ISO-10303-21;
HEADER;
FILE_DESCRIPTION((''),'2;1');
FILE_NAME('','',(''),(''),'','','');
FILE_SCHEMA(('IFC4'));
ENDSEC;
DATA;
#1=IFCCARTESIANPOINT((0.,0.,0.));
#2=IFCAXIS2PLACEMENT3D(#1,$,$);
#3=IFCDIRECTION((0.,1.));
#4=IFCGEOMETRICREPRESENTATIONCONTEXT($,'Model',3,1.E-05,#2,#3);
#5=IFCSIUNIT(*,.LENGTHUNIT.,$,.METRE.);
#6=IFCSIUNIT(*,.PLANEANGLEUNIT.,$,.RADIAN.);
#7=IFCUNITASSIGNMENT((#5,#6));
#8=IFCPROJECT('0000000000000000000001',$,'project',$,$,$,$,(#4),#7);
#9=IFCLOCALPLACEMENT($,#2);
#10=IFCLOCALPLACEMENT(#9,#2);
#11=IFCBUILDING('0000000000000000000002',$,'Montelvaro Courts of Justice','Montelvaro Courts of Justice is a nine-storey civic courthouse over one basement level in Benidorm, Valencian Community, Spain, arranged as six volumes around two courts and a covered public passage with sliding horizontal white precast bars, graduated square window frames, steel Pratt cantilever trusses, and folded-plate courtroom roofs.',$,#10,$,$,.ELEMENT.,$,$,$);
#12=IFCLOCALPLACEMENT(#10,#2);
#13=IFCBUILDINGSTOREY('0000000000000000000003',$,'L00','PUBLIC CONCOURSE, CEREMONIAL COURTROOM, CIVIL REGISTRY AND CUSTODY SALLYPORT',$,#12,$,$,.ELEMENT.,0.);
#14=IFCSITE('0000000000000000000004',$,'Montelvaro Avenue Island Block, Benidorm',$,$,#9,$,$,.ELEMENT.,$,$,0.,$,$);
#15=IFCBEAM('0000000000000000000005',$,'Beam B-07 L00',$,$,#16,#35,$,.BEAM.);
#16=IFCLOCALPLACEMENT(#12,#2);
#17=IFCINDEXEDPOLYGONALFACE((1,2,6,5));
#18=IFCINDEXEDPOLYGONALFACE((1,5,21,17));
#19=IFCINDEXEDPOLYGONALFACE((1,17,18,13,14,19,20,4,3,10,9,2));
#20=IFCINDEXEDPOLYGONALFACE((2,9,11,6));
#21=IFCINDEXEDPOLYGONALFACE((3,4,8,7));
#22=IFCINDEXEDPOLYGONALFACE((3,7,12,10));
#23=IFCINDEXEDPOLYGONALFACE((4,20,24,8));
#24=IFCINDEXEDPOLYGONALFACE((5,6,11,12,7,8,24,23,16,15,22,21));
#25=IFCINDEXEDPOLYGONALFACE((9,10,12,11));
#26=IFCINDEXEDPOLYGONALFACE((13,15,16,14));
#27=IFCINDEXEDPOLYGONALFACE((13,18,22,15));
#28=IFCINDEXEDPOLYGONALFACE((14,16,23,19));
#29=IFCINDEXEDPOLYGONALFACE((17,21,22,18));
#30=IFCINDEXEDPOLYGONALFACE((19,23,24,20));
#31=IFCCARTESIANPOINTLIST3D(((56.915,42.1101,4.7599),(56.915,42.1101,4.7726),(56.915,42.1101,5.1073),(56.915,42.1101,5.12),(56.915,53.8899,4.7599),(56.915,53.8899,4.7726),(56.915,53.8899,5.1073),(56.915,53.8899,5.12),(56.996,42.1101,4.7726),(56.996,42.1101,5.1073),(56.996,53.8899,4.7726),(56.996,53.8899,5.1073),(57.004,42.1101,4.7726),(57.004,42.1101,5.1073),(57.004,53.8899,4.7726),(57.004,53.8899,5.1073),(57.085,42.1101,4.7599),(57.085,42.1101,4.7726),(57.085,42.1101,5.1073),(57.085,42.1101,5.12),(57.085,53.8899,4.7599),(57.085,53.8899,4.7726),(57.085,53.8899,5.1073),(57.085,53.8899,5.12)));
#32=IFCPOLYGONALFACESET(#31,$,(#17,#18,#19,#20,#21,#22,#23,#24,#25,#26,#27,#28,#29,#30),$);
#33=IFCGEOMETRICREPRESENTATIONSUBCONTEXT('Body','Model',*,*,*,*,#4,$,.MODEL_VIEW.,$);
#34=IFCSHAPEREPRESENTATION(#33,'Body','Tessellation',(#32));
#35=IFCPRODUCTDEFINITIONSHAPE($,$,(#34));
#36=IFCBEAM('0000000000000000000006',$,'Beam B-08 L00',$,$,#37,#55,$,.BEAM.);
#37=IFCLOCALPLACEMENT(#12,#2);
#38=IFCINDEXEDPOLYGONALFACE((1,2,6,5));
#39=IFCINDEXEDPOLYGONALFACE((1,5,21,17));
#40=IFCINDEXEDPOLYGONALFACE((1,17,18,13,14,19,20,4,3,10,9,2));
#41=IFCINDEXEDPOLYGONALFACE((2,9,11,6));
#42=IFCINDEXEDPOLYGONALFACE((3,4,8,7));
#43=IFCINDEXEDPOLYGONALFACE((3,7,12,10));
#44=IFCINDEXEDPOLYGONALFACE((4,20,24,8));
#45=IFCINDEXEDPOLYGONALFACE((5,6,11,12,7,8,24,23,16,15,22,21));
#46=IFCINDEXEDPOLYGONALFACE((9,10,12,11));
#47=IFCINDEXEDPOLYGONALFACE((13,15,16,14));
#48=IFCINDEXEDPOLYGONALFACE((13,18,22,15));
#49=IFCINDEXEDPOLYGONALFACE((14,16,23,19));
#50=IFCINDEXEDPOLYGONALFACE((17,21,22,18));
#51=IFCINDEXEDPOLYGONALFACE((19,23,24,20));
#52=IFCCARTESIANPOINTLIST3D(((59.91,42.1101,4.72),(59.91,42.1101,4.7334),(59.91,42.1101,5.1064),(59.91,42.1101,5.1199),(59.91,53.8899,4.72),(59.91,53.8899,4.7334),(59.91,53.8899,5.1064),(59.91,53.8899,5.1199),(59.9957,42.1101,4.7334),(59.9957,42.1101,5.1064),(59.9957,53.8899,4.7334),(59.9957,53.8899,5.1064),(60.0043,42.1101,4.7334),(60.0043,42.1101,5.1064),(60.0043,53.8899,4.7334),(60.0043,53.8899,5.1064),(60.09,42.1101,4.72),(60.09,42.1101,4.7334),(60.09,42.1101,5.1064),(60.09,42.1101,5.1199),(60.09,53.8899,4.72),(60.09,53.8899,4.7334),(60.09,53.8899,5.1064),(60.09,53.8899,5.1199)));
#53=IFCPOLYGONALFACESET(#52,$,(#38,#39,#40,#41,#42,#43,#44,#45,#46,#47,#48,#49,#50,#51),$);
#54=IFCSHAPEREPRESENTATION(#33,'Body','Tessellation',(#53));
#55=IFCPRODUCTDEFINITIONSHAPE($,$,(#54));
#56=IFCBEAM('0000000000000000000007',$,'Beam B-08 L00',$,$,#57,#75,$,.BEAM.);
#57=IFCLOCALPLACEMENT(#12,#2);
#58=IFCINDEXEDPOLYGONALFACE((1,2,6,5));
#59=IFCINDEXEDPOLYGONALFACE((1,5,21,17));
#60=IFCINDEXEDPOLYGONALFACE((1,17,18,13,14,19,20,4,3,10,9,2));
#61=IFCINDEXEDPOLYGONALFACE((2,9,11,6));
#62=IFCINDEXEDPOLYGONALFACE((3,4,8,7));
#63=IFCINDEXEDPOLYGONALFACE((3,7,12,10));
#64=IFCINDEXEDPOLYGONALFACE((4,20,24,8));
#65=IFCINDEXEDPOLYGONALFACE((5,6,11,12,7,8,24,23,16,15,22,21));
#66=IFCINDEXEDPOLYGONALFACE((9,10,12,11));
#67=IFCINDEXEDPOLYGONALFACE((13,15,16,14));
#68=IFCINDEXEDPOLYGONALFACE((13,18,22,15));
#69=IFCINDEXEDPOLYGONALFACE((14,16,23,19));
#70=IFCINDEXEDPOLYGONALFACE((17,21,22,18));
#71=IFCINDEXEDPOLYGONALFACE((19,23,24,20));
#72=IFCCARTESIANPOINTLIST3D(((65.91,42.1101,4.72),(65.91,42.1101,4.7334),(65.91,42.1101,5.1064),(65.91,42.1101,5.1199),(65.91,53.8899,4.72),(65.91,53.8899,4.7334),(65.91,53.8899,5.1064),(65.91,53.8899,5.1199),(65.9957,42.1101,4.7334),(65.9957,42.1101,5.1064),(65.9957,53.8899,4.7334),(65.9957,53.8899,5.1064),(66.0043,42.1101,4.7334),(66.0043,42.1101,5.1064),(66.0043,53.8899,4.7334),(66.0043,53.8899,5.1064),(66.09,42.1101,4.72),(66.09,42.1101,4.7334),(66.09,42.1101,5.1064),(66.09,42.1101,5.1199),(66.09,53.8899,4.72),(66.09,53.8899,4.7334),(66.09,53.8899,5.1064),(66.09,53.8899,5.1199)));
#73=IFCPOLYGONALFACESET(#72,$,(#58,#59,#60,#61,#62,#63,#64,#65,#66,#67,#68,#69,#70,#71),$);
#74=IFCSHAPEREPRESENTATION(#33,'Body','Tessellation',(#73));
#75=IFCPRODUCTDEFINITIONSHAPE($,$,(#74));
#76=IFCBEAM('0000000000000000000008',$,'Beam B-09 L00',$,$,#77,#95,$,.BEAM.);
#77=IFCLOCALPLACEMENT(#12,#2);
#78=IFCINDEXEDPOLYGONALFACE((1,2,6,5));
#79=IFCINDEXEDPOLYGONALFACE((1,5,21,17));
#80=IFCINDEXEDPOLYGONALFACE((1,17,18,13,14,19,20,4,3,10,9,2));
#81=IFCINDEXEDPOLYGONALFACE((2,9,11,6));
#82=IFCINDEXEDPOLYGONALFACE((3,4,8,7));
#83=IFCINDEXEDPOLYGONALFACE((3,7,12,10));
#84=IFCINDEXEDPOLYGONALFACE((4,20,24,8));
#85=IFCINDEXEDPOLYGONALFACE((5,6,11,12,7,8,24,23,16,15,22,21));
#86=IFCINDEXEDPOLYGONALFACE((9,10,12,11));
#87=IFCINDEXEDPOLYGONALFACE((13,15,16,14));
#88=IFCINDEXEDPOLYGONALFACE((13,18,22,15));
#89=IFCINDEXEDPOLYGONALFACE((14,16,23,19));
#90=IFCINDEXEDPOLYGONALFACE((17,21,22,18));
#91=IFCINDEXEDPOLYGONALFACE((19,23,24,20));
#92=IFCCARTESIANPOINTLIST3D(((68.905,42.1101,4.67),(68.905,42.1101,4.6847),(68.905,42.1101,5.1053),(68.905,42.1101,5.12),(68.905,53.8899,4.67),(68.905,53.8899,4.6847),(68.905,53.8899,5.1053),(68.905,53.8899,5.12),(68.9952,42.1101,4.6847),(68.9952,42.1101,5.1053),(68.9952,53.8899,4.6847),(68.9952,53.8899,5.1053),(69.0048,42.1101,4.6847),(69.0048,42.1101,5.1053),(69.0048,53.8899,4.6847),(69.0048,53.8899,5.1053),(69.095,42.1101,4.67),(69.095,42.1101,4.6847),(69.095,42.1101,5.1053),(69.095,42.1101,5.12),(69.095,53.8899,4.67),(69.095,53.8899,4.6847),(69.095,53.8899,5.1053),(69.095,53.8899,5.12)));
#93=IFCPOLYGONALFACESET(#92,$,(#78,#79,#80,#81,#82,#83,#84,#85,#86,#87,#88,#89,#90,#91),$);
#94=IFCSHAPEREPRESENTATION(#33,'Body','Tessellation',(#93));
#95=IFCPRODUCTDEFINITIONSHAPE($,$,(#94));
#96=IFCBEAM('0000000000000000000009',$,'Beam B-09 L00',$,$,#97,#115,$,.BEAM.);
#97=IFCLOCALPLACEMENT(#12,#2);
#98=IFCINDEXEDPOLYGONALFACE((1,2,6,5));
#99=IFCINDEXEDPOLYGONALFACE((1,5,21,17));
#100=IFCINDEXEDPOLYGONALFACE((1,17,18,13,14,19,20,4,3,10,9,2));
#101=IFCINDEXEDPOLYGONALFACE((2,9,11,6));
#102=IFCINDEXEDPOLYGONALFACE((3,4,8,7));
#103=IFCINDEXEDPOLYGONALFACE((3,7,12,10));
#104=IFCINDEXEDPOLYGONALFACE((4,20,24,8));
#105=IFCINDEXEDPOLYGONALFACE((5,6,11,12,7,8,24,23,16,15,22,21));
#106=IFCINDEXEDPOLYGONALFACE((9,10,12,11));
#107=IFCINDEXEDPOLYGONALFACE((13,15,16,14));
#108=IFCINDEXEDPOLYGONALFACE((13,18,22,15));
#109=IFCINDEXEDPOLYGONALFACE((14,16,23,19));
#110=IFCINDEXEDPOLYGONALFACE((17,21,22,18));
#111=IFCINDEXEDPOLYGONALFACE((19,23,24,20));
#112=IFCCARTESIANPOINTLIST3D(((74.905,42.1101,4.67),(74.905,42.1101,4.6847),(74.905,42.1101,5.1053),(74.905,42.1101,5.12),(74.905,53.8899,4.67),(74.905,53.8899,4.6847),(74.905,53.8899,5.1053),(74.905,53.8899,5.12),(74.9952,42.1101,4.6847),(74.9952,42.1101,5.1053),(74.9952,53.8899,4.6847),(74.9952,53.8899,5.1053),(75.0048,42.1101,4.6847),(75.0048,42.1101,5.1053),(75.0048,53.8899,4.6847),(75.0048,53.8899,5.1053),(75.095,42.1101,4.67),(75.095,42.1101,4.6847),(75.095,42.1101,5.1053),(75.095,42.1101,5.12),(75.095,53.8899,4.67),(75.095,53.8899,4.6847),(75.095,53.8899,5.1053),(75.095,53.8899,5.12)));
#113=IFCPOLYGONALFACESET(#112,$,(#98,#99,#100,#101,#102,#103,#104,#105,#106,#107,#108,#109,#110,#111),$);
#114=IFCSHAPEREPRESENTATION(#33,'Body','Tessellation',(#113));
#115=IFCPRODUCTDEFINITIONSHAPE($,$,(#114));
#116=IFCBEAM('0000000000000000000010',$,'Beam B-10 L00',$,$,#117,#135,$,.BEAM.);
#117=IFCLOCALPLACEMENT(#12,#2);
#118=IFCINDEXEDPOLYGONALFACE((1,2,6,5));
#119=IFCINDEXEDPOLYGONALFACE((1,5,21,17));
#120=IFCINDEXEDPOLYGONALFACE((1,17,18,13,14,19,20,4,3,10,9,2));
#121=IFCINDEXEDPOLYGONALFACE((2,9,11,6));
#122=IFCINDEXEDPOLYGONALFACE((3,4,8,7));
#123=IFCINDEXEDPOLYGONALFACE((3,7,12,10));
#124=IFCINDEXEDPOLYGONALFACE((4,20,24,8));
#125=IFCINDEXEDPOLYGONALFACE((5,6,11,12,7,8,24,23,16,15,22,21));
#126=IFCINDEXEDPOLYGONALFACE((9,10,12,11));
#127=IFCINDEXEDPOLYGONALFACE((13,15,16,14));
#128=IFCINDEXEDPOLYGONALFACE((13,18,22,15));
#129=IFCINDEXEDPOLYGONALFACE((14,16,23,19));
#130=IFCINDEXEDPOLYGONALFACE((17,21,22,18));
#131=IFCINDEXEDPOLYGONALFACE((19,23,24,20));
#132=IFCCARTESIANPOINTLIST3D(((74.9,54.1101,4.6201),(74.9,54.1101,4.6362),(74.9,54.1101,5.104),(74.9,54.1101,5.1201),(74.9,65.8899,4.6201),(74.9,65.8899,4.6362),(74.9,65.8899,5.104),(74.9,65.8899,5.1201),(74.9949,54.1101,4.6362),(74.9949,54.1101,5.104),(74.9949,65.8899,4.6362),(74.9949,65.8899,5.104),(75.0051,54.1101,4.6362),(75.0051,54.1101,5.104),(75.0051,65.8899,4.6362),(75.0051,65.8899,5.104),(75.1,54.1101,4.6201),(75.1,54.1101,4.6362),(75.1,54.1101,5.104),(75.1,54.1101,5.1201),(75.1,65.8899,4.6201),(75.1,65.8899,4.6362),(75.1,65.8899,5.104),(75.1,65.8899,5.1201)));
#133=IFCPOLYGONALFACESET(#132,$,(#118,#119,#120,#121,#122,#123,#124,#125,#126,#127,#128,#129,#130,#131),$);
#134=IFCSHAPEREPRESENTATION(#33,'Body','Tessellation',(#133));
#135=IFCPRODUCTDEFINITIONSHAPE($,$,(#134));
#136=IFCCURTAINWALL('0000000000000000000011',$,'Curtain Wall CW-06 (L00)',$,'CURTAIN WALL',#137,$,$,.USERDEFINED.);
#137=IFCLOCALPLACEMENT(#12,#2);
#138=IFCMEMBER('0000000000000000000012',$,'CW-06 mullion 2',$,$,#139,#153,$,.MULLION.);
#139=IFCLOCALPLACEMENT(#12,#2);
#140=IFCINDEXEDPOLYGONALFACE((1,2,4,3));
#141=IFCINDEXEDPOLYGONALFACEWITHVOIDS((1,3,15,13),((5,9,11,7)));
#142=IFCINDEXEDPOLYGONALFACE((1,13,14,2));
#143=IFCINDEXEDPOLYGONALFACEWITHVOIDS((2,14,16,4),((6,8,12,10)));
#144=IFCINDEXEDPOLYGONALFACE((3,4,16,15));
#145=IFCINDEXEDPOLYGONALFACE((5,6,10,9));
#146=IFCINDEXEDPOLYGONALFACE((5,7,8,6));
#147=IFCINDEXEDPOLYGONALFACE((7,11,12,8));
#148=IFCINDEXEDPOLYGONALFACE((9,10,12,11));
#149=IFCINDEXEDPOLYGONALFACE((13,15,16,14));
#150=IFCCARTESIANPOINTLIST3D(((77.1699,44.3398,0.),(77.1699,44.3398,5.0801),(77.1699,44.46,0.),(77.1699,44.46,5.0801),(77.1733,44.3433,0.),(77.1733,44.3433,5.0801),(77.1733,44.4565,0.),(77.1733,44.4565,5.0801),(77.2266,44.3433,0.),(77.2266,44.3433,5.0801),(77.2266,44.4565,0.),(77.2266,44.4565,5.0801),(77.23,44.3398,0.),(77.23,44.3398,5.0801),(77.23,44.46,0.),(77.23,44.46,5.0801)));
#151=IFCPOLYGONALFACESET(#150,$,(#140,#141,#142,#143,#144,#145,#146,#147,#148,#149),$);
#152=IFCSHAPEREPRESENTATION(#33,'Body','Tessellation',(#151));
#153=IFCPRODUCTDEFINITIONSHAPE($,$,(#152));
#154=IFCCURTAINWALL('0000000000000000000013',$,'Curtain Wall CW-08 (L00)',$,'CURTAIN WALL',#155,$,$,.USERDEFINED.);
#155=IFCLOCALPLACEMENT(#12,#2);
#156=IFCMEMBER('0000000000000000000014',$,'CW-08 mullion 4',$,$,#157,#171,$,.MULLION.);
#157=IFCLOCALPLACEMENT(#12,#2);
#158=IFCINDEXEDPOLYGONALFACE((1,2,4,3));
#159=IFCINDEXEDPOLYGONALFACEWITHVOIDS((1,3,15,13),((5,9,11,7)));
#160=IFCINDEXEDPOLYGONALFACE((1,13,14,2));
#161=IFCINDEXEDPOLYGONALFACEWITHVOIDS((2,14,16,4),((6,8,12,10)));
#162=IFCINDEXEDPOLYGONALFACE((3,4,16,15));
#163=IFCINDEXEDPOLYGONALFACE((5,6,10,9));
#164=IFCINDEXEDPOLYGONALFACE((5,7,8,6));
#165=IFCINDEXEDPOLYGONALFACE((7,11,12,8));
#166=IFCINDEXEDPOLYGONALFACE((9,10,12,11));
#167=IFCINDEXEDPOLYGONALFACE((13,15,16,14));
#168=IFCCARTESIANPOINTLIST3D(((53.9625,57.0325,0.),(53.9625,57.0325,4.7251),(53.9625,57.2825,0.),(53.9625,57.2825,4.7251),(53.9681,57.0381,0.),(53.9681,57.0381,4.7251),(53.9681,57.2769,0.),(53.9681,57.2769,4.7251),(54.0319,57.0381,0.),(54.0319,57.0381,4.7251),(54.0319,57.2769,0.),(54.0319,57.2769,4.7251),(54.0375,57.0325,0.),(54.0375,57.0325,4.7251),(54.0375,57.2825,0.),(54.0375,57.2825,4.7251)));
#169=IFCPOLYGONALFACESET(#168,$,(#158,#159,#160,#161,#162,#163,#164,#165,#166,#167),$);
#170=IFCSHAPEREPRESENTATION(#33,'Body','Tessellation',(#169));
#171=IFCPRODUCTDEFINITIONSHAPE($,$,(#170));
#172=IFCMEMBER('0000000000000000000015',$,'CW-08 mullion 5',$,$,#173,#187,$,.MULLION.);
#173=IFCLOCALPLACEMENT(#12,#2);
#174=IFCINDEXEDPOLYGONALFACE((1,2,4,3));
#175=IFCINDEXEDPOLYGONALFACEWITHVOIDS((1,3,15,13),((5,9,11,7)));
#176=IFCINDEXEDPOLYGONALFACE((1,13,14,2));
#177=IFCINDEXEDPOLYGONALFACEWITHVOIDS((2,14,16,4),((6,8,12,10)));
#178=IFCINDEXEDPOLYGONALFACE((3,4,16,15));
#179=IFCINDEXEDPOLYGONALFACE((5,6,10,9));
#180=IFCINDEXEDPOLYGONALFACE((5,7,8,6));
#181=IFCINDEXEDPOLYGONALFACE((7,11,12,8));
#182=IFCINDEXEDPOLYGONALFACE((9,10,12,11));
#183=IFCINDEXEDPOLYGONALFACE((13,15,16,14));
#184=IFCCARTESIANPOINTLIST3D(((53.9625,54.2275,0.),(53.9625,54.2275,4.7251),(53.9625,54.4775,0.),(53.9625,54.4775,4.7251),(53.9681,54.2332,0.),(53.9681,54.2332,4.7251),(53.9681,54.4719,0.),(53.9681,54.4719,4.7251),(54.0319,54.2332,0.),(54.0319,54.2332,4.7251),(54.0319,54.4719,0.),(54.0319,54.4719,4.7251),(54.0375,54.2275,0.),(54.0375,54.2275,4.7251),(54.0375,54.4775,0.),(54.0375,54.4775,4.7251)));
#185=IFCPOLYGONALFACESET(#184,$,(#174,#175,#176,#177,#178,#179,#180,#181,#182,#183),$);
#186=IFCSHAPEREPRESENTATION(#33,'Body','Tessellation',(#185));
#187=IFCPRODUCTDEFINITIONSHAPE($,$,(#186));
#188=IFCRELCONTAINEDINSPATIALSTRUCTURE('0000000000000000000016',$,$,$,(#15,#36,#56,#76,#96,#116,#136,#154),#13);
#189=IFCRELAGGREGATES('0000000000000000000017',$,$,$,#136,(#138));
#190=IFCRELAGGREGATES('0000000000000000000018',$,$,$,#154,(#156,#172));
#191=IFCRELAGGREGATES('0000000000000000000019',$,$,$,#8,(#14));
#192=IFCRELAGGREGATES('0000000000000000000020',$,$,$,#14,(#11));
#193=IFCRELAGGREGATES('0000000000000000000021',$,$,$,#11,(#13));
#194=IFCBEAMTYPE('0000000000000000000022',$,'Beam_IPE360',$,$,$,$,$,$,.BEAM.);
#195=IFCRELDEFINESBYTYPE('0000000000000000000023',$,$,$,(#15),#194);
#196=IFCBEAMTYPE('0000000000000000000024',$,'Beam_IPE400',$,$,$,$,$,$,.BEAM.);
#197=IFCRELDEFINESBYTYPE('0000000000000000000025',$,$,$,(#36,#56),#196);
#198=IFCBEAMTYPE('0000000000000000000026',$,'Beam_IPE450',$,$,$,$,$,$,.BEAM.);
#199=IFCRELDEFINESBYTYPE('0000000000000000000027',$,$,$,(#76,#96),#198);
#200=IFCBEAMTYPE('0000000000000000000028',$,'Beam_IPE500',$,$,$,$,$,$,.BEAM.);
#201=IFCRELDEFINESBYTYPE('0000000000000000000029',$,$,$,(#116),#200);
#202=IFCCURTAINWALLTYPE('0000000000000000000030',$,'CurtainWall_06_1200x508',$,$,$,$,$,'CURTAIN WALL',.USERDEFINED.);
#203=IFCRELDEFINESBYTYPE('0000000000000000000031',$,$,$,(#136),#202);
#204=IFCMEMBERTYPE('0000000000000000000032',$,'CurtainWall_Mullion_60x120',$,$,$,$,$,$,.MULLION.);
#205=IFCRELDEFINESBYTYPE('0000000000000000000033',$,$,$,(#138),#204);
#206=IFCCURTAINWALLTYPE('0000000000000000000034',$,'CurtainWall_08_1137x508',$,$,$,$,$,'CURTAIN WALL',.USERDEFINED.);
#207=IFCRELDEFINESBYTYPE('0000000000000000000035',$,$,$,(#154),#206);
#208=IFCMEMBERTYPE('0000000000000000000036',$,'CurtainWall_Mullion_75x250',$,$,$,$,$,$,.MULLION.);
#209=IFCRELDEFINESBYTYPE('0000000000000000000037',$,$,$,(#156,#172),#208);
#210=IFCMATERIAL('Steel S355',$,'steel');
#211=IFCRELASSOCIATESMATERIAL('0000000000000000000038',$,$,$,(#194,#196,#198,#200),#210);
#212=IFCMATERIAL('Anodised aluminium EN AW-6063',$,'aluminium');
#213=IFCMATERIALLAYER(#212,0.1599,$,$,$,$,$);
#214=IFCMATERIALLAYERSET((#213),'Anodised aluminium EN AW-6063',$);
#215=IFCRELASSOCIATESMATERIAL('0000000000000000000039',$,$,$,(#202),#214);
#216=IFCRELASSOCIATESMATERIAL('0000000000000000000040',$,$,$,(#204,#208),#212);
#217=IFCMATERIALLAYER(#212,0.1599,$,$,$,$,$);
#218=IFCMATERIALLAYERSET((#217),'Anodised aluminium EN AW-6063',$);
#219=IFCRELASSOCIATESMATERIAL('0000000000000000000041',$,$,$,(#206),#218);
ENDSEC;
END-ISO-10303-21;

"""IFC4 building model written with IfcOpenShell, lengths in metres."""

from ifc_helpers import new_model, si_unit, direction, frame, origin, origin_2d, place, context, subcontext, project, spatial, hollow_rectangle, i_section, extrude, material, layer, layer_set, material_profile, profile_set, type_object, element, aggregate, save


model = new_model("IFC4")

# Units and contexts
model_context = context("Model", 3, precision=1e-05, world=origin(), true_north=direction((0.0, 1.0)))
body_context = subcontext(model_context, "Body", "Model", "MODEL_VIEW")
ifc_project = project(units=[si_unit("LENGTHUNIT", "METRE"), si_unit("PLANEANGLEUNIT", "RADIAN")], contexts=[model_context])

# Site, building, storey
site_placement = place(None, origin())
site = spatial("IfcSite", under=ifc_project, at=site_placement, Name="Montelvaro Avenue Island Block, Benidorm", CompositionType="ELEMENT", RefElevation=0.0)
building_placement = place(site_placement, origin())
building = spatial("IfcBuilding", under=site, at=building_placement, Name="Montelvaro Courts of Justice", Description="Montelvaro Courts of Justice is a nine-storey civic courthouse over one basement level in Benidorm, Valencian Community, Spain, arranged as six volumes around two courts and a covered public passage with sliding horizontal white precast bars, graduated square window frames, steel Pratt cantilever trusses, and folded-plate courtroom roofs.", CompositionType="ELEMENT")
storey_placement = place(building_placement, origin())
storey = spatial("IfcBuildingStorey", under=building, at=storey_placement, Name="L00", Description="PUBLIC CONCOURSE, CEREMONIAL COURTROOM, CIVIL REGISTRY AND CUSTODY SALLYPORT", CompositionType="ELEMENT", Elevation=0.0)

# Shared definitions
ifc_material_1 = material(Name="Steel S355", Category="steel")

# Beams
ifc_material_profile_1 = material_profile(ifc_material_1, i_section(OverallWidth=0.1699, OverallDepth=0.3601, WebThickness=0.0081, FlangeThickness=0.0127, at=origin_2d()), Name="IPE 360")
ifc_profile_set_1 = profile_set([ifc_material_profile_1], Name="Steel S355")
beam_type_1 = type_object("IfcBeamType", Name="Beam_IPE360", PredefinedType="BEAM", material=ifc_profile_set_1)
beam_1_placement = place(storey_placement, frame((57.0, 42.1101, 4.9399), z_axis=(0.0, 1.0, 0.0), x_axis=(-1.0, 0.0, 0.0)))
element("IfcBeam", 1, at=beam_1_placement, inside=storey, type_object=beam_type_1, Name="Beam B-07 L00", PredefinedType="BEAM", context=body_context, shape_type="SweptSolid", body=[
    extrude(i_section(OverallWidth=0.1699, OverallDepth=0.3601, WebThickness=0.0081, FlangeThickness=0.0127, at=origin_2d()), origin(), (0.0, 0.0, 1.0), 11.7798),
])
ifc_material_profile_2 = material_profile(ifc_material_1, i_section(OverallWidth=0.1799, OverallDepth=0.3999, WebThickness=0.0085, FlangeThickness=0.0134, at=origin_2d()), Name="IPE 400")
ifc_profile_set_2 = profile_set([ifc_material_profile_2], Name="Steel S355")
beam_type_2 = type_object("IfcBeamType", Name="Beam_IPE400", PredefinedType="BEAM", material=ifc_profile_set_2)
for number, where, z_axis, x_axis, name in (
    (2, (60.0, 42.1101, 4.9199), (0.0, 1.0, 0.0), (-1.0, 0.0, 0.0), "Beam B-08 L00"),
    (3, (66.0, 42.1101, 4.9199), (0.0, 1.0, 0.0), (-1.0, 0.0, 0.0), "Beam B-08 L00"),
):
    element("IfcBeam", number, at=place(storey_placement, frame(where, z_axis=z_axis, x_axis=x_axis)), inside=storey, type_object=beam_type_2, Name=name, PredefinedType="BEAM", context=body_context, shape_type="SweptSolid", body=[
        extrude(i_section(OverallWidth=0.1799, OverallDepth=0.3999, WebThickness=0.0085, FlangeThickness=0.0134, at=origin_2d()), origin(), (0.0, 0.0, 1.0), 11.7798),
    ])
ifc_material_profile_3 = material_profile(ifc_material_1, i_section(OverallWidth=0.1899, OverallDepth=0.45, WebThickness=0.0095, FlangeThickness=0.0146, at=origin_2d()), Name="IPE 450")
ifc_profile_set_3 = profile_set([ifc_material_profile_3], Name="Steel S355")
beam_type_3 = type_object("IfcBeamType", Name="Beam_IPE450", PredefinedType="BEAM", material=ifc_profile_set_3)
for number, where, z_axis, x_axis, name in (
    (4, (69.0, 42.1101, 4.895), (0.0, 1.0, 0.0), (-1.0, 0.0, 0.0), "Beam B-09 L00"),
    (5, (75.0, 42.1101, 4.895), (0.0, 1.0, 0.0), (-1.0, 0.0, 0.0), "Beam B-09 L00"),
):
    element("IfcBeam", number, at=place(storey_placement, frame(where, z_axis=z_axis, x_axis=x_axis)), inside=storey, type_object=beam_type_3, Name=name, PredefinedType="BEAM", context=body_context, shape_type="SweptSolid", body=[
        extrude(i_section(OverallWidth=0.1899, OverallDepth=0.45, WebThickness=0.0095, FlangeThickness=0.0146, at=origin_2d()), origin(), (0.0, 0.0, 1.0), 11.7798),
    ])
ifc_material_profile_4 = material_profile(ifc_material_1, i_section(OverallWidth=0.2, OverallDepth=0.5, WebThickness=0.0103, FlangeThickness=0.0161, at=origin_2d()), Name="IPE 500")
ifc_profile_set_4 = profile_set([ifc_material_profile_4], Name="Steel S355")
beam_type_4 = type_object("IfcBeamType", Name="Beam_IPE500", PredefinedType="BEAM", material=ifc_profile_set_4)
beam_2_placement = place(storey_placement, frame((75.0, 54.1101, 4.8701), z_axis=(0.0, 1.0, 0.0), x_axis=(-1.0, 0.0, 0.0)))
element("IfcBeam", 6, at=beam_2_placement, inside=storey, type_object=beam_type_4, Name="Beam B-10 L00", PredefinedType="BEAM", context=body_context, shape_type="SweptSolid", body=[
    extrude(i_section(OverallWidth=0.2, OverallDepth=0.5, WebThickness=0.0103, FlangeThickness=0.0161, at=origin_2d()), origin(), (0.0, 0.0, 1.0), 11.7798),
])

# Curtain wall, member
ifc_material_2 = material(Name="Anodised aluminium EN AW-6063", Category="aluminium")
ifc_layer_1 = layer(ifc_material_2, 0.1599)
ifc_layer_set_1 = layer_set([ifc_layer_1], Name="Anodised aluminium EN AW-6063")
curtain_wall_type_1 = type_object("IfcCurtainWallType", Name="CurtainWall_06_1200x508", ElementType="CURTAIN WALL", PredefinedType="USERDEFINED", material=ifc_layer_set_1)
curtain_wall_1_placement = place(storey_placement, origin())
curtain_wall_1 = element("IfcCurtainWall", 7, at=curtain_wall_1_placement, inside=storey, type_object=curtain_wall_type_1, Name="Curtain Wall CW-06 (L00)", ObjectType="CURTAIN WALL", PredefinedType="USERDEFINED")
ifc_material_profile_5 = material_profile(ifc_material_2, hollow_rectangle(XDim=0.0601, YDim=0.1201, WallThickness=0.0034, at=origin_2d()), Name="ALU-M 60x120")
ifc_profile_set_5 = profile_set([ifc_material_profile_5], Name="Anodised aluminium EN AW-6063")
member_type_1 = type_object("IfcMemberType", Name="CurtainWall_Mullion_60x120", PredefinedType="MULLION", material=ifc_profile_set_5)
member_1_placement = place(storey_placement, frame((77.2, 44.3999, 0.0), z_axis=(0.0, 0.0, 1.0), x_axis=(-1.0, 0.0, 0.0)))
member_1 = element("IfcMember", 8, at=member_1_placement, type_object=member_type_1, Name="CW-06 mullion 2", PredefinedType="MULLION", context=body_context, shape_type="SweptSolid", body=[
    extrude(hollow_rectangle(XDim=0.0601, YDim=0.1201, WallThickness=0.0034, at=origin_2d()), origin(), (0.0, 0.0, 1.0), 5.0801),
])

# Curtain wall, members
ifc_layer_2 = layer(ifc_material_2, 0.1599)
ifc_layer_set_2 = layer_set([ifc_layer_2], Name="Anodised aluminium EN AW-6063")
curtain_wall_type_2 = type_object("IfcCurtainWallType", Name="CurtainWall_08_1137x508", ElementType="CURTAIN WALL", PredefinedType="USERDEFINED", material=ifc_layer_set_2)
curtain_wall_2_placement = place(storey_placement, origin())
curtain_wall_2 = element("IfcCurtainWall", 9, at=curtain_wall_2_placement, inside=storey, type_object=curtain_wall_type_2, Name="Curtain Wall CW-08 (L00)", ObjectType="CURTAIN WALL", PredefinedType="USERDEFINED")
ifc_material_profile_6 = material_profile(ifc_material_2, hollow_rectangle(XDim=0.075, YDim=0.25, WallThickness=0.0056, at=origin_2d()), Name="ALU-M 75x250")
ifc_profile_set_6 = profile_set([ifc_material_profile_6], Name="Anodised aluminium EN AW-6063")
member_type_2 = type_object("IfcMemberType", Name="CurtainWall_Mullion_75x250", PredefinedType="MULLION", material=ifc_profile_set_6)
member_2_placement = place(storey_placement, frame((54.0, 57.1575, 0.0), z_axis=(0.0, 0.0, 1.0), x_axis=(1.0, 0.0, 0.0)))
member_2 = element("IfcMember", 10, at=member_2_placement, type_object=member_type_2, Name="CW-08 mullion 4", PredefinedType="MULLION", context=body_context, shape_type="SweptSolid", body=[
    extrude(hollow_rectangle(XDim=0.075, YDim=0.25, WallThickness=0.0056, at=origin_2d()), origin(), (0.0, 0.0, 1.0), 4.7251),
])
member_3_placement = place(storey_placement, frame((54.0, 54.3525, 0.0), z_axis=(0.0, 0.0, 1.0), x_axis=(1.0, 0.0, 0.0)))
member_3 = element("IfcMember", 11, at=member_3_placement, type_object=member_type_2, Name="CW-08 mullion 5", PredefinedType="MULLION", context=body_context, shape_type="SweptSolid", body=[
    extrude(hollow_rectangle(XDim=0.075, YDim=0.25, WallThickness=0.0056, at=origin_2d()), origin(), (0.0, 0.0, 1.0), 4.7251),
])

aggregate(curtain_wall_1, [member_1])
aggregate(curtain_wall_2, [member_2, member_3])

save(model, "model.ifc")
